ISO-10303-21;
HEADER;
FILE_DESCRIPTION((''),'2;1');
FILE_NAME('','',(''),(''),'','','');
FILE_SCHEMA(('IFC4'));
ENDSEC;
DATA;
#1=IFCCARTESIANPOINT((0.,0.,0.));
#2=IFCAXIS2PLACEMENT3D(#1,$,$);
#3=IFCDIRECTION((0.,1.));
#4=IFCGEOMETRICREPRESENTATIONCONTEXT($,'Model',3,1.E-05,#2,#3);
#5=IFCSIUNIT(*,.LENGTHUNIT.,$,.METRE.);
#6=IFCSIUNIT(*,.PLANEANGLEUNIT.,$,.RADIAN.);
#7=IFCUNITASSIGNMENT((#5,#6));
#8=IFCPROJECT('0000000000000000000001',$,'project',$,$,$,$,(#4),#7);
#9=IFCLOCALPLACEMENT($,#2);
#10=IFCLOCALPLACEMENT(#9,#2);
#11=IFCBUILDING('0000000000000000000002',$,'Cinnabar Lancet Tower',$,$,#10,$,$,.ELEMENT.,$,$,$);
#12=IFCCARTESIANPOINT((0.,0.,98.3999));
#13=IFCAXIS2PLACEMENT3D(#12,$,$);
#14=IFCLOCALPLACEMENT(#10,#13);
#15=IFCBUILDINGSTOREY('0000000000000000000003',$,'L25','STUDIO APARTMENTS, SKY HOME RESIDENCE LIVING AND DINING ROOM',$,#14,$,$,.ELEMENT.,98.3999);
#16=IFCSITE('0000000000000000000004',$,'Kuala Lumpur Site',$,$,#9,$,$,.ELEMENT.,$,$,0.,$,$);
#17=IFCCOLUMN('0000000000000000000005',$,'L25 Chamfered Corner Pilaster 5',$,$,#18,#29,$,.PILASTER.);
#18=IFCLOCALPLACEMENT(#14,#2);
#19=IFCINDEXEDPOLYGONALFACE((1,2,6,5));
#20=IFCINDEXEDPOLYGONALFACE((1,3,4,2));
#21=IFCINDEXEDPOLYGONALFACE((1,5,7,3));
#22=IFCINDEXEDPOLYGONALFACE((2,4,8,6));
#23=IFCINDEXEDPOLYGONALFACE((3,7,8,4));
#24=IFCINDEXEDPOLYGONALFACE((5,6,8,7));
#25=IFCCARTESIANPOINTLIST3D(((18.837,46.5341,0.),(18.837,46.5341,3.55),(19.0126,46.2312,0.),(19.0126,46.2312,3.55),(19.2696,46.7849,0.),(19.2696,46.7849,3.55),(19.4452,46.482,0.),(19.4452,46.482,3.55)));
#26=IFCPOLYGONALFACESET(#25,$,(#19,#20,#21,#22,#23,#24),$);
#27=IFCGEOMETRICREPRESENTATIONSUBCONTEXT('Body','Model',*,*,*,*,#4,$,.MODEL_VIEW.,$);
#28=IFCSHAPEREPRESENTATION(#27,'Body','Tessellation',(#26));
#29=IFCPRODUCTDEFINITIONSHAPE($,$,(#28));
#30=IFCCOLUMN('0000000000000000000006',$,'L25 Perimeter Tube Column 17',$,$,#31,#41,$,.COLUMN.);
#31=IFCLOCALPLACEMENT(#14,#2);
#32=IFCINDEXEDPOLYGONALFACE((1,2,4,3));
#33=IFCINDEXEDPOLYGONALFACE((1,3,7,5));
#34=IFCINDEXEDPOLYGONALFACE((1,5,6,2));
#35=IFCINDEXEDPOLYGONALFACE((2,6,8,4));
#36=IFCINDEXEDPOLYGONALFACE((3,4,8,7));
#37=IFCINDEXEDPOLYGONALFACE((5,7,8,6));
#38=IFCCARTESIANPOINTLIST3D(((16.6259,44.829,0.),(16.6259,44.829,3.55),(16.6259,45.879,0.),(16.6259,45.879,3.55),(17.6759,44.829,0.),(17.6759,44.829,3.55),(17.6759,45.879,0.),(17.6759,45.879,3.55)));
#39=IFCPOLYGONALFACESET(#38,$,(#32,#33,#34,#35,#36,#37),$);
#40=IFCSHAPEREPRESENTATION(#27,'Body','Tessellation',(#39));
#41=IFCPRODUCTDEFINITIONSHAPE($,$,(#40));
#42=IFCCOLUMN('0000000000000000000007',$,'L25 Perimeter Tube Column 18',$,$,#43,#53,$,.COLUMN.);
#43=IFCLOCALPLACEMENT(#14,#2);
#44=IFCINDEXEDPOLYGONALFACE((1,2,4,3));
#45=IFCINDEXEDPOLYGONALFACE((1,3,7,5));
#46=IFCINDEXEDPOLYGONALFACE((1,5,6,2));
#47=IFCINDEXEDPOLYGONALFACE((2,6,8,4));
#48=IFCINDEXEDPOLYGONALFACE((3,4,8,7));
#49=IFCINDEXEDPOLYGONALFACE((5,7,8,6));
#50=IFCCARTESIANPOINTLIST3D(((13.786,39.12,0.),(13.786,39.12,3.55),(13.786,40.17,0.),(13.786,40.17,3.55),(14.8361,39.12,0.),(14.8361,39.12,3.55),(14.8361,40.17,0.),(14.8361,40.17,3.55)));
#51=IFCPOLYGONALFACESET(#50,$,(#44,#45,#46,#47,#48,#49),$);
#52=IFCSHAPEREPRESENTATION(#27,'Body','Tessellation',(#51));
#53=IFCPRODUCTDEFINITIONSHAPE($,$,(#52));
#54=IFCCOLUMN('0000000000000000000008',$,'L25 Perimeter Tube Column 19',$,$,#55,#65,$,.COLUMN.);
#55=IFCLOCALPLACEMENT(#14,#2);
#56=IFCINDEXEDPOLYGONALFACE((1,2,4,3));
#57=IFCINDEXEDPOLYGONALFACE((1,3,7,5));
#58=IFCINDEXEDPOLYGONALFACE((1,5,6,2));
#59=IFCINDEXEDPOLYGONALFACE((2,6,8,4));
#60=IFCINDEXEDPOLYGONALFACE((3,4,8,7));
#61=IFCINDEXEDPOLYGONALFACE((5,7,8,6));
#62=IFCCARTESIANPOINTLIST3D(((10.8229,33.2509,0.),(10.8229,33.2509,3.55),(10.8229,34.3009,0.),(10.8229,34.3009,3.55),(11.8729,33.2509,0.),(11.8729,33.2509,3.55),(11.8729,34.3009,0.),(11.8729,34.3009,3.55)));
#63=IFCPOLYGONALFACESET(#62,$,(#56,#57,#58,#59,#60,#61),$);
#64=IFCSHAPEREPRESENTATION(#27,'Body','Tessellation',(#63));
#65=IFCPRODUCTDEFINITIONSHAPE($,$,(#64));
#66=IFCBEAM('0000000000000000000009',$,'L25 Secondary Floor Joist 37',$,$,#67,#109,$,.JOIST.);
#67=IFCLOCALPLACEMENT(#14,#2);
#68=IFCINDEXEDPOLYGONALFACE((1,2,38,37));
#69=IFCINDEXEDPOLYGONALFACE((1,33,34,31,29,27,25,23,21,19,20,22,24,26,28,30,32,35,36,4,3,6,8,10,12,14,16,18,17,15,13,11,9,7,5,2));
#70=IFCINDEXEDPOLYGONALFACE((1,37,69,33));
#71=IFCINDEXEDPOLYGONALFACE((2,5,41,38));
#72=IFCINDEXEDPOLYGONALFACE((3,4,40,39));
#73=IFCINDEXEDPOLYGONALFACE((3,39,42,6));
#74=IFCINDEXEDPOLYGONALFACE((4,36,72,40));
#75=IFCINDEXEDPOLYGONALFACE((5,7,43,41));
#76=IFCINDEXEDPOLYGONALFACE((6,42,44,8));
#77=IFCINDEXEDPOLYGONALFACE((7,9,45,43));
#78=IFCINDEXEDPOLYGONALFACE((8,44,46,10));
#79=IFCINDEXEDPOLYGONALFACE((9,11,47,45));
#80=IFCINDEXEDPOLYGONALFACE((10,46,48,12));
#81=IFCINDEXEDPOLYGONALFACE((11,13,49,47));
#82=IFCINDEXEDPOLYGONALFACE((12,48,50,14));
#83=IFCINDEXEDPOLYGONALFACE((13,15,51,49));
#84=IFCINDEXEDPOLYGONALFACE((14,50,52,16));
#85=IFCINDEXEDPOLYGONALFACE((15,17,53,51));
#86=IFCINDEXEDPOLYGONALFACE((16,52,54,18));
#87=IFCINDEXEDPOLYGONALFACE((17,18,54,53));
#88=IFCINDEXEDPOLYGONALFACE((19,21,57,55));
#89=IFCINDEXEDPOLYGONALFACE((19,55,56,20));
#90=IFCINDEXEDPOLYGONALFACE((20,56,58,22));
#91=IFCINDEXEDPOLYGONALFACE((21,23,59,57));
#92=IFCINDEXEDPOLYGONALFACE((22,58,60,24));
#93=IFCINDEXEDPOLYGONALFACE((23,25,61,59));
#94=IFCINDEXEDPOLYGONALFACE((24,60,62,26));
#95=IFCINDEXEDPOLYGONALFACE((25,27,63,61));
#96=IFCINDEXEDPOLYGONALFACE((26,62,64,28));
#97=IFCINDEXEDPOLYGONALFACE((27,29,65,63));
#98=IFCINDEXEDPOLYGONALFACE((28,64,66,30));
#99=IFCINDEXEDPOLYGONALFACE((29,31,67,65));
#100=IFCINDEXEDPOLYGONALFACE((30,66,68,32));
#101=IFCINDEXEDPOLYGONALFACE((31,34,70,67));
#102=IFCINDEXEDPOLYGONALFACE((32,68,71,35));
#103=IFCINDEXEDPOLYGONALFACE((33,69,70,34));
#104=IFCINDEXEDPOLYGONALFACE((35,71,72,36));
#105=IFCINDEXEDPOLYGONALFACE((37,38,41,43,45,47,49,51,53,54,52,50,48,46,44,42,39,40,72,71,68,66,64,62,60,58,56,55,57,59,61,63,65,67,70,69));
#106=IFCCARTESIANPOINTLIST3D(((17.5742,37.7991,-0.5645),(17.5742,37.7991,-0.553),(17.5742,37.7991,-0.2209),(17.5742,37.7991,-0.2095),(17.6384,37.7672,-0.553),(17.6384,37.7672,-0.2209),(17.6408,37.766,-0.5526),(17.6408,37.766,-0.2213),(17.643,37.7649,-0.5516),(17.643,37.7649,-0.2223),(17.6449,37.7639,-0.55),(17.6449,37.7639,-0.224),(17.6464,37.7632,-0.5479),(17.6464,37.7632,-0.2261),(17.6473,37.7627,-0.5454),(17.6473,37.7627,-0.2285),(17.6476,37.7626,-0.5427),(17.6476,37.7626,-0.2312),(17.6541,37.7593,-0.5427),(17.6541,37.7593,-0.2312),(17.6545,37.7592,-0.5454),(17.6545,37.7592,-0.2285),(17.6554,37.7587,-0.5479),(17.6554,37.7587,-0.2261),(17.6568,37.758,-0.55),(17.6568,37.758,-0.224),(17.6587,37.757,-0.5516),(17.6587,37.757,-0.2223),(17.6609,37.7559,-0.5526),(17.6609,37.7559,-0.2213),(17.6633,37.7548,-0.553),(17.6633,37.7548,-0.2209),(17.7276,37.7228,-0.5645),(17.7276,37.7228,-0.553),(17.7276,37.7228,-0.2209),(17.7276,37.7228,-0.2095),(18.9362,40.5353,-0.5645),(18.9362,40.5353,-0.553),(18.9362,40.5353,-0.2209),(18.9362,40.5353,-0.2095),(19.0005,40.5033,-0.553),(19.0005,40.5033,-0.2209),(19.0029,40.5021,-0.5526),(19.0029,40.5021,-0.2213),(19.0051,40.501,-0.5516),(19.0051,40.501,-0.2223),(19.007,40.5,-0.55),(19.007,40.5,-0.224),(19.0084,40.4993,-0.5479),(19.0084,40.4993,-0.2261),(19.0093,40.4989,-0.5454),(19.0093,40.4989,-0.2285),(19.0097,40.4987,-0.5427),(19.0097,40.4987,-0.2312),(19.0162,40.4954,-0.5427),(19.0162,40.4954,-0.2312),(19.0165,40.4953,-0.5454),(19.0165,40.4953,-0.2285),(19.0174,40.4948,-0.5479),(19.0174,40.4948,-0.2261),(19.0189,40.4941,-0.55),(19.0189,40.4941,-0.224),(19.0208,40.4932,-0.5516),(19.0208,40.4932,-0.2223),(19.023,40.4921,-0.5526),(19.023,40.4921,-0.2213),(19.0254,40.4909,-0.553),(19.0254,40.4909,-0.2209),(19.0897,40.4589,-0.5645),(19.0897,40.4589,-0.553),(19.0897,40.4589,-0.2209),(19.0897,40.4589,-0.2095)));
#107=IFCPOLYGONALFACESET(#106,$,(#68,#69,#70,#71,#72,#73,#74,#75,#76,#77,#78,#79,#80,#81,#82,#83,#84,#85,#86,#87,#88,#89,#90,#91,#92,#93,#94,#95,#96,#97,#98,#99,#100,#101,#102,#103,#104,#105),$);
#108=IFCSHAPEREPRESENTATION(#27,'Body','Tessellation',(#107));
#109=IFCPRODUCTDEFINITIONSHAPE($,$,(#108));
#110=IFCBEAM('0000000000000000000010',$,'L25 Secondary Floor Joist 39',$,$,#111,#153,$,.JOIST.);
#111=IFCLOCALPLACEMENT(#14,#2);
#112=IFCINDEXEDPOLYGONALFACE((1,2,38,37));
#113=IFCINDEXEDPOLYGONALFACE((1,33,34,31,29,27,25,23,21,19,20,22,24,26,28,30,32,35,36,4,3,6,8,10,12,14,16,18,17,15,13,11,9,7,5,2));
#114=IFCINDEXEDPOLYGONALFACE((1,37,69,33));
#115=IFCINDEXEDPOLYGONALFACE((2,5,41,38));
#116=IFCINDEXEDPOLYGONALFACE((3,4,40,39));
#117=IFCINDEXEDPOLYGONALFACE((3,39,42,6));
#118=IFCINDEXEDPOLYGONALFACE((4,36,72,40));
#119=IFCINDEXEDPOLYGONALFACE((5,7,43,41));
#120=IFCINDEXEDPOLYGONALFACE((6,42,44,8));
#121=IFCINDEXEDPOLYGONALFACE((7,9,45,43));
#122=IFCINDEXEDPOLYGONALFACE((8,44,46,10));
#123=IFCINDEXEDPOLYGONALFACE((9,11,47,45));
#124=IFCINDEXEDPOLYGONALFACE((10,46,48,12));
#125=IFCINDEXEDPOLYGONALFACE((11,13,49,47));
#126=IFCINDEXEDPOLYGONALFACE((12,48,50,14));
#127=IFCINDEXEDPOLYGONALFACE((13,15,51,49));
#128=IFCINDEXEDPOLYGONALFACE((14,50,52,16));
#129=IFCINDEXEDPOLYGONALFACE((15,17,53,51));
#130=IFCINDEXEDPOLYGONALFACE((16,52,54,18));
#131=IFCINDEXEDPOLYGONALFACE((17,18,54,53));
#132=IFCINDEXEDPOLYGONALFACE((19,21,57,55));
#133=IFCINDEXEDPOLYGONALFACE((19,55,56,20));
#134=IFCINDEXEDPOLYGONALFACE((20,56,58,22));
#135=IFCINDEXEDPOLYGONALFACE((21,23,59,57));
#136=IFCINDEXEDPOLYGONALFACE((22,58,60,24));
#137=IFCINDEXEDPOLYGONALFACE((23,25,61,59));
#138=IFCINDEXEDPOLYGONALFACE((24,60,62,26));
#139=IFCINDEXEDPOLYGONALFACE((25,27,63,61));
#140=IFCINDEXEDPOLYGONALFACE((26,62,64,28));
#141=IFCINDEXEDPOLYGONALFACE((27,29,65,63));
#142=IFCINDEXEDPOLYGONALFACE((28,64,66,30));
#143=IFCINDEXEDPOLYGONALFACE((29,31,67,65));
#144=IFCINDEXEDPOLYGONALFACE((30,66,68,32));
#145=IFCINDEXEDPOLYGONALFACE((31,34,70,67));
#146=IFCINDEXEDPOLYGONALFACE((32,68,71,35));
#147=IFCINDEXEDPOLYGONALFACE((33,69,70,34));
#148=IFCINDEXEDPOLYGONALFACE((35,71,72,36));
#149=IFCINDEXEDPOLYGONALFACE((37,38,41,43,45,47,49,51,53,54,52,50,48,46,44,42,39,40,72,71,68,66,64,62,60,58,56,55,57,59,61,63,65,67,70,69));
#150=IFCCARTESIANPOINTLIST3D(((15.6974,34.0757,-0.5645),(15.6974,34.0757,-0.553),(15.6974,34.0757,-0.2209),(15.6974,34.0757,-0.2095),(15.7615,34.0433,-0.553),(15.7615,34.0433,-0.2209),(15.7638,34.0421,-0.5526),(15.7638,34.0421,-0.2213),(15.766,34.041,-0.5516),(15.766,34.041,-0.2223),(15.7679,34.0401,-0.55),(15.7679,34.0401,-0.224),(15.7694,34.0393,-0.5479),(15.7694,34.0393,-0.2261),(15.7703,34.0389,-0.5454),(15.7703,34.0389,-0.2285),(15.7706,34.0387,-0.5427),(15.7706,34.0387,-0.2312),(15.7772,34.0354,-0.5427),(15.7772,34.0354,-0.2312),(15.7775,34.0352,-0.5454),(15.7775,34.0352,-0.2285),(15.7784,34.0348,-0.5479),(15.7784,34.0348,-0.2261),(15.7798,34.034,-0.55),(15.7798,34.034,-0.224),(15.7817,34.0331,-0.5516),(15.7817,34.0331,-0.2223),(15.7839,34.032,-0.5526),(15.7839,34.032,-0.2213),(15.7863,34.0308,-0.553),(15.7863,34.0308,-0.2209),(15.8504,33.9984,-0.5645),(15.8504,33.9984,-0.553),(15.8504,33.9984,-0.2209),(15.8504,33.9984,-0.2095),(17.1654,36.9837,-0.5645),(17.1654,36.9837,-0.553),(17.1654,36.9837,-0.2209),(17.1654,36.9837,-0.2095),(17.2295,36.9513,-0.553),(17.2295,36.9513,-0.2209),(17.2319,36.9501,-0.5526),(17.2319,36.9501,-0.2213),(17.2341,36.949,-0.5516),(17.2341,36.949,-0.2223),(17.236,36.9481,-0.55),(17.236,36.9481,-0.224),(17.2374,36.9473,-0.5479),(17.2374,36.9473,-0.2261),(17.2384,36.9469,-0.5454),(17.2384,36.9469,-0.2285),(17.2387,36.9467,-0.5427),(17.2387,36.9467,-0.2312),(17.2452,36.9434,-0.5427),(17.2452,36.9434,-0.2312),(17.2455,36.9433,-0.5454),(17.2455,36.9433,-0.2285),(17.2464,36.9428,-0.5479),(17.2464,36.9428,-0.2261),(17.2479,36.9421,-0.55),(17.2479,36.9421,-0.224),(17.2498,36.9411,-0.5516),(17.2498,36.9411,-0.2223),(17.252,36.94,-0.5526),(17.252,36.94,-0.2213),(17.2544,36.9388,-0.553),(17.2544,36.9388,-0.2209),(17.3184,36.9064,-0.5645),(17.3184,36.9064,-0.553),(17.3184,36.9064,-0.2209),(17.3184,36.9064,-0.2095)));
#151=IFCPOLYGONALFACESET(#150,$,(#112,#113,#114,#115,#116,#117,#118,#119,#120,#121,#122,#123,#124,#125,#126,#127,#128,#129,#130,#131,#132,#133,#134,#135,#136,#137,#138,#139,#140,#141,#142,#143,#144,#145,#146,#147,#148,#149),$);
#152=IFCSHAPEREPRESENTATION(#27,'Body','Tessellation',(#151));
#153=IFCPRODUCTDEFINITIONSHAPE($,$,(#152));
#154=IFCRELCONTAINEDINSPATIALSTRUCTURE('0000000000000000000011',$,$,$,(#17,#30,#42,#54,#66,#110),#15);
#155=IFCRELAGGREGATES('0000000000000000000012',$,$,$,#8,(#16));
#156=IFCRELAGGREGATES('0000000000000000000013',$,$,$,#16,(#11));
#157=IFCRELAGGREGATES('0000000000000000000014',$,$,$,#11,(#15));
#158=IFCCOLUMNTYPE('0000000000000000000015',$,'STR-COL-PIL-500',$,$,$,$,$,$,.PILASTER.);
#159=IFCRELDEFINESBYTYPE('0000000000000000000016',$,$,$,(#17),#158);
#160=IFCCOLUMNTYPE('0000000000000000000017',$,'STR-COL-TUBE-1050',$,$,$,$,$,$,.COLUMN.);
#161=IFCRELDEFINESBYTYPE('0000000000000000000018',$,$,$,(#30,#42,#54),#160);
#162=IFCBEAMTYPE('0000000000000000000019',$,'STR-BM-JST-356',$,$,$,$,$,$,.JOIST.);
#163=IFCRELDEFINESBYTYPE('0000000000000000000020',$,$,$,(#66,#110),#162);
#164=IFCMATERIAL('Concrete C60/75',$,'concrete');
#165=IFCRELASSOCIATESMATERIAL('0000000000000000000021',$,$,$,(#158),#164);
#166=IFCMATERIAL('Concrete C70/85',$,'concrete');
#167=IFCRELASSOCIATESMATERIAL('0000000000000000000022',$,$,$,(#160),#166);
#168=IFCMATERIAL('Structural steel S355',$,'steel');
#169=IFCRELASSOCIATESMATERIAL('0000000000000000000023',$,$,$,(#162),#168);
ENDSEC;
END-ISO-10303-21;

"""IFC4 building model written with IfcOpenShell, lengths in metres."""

from ifc_helpers import new_model, si_unit, direction, frame, origin, origin_2d, place, context, subcontext, project, spatial, rectangle, i_section, extrude, material, material_profile, profile_set, type_object, element, save


model = new_model("IFC4")

# Units and contexts
model_context = context("Model", 3, precision=1e-05, world=origin(), true_north=direction((0.0, 1.0)))
body_context = subcontext(model_context, "Body", "Model", "MODEL_VIEW")
ifc_project = project(units=[si_unit("LENGTHUNIT", "METRE"), si_unit("PLANEANGLEUNIT", "RADIAN")], contexts=[model_context])

# Site, building, storey
site_placement = place(None, origin())
site = spatial("IfcSite", under=ifc_project, at=site_placement, Name="Kuala Lumpur Site", CompositionType="ELEMENT", RefElevation=0.0)
building_placement = place(site_placement, origin())
building = spatial("IfcBuilding", under=site, at=building_placement, Name="Cinnabar Lancet Tower", CompositionType="ELEMENT")
storey_placement = place(building_placement, frame((0.0, 0.0, 98.3999)))
storey = spatial("IfcBuildingStorey", under=building, at=storey_placement, Name="L25", Description="STUDIO APARTMENTS, SKY HOME RESIDENCE LIVING AND DINING ROOM", CompositionType="ELEMENT", Elevation=98.3999)

# Columns
ifc_material_1 = material(Name="Concrete C60/75", Category="concrete")
ifc_material_profile_1 = material_profile(ifc_material_1, rectangle(XDim=0.5, YDim=0.3501, at=origin_2d()), Name="RC-PIL 500x350")
ifc_profile_set_1 = profile_set([ifc_material_profile_1], Name="Concrete C60/75")
column_type_1 = type_object("IfcColumnType", Name="STR-COL-PIL-500", PredefinedType="PILASTER", material=ifc_profile_set_1)
column_placement = place(storey_placement, frame((19.1411, 46.5081, 0.0), z_axis=(0.0, 0.0, 1.0), x_axis=(-0.86516, -0.501496, 0.0)))
element("IfcColumn", 1, at=column_placement, inside=storey, type_object=column_type_1, Name="L25 Chamfered Corner Pilaster 5", PredefinedType="PILASTER", context=body_context, shape_type="SweptSolid", body=[
    extrude(rectangle(XDim=0.5, YDim=0.3501, at=origin_2d()), origin(), (0.0, 0.0, 1.0), 3.55),
])
ifc_material_2 = material(Name="Concrete C70/85", Category="concrete")
ifc_material_profile_2 = material_profile(ifc_material_2, rectangle(XDim=1.05, YDim=1.05, at=origin_2d()), Name="RC-COL 1050x1050")
ifc_profile_set_2 = profile_set([ifc_material_profile_2], Name="Concrete C70/85")
column_type_2 = type_object("IfcColumnType", Name="STR-COL-TUBE-1050", PredefinedType="COLUMN", material=ifc_profile_set_2)
for number, where, z_axis, x_axis, name in (
    (2, (17.1509, 45.354, 0.0), (0.0, 0.0, 1.0), (1.0, 0.0, 0.0), "L25 Perimeter Tube Column 17"),
    (3, (14.311, 39.645, 0.0), (0.0, 0.0, 1.0), (1.0, 0.0, 0.0), "L25 Perimeter Tube Column 18"),
    (4, (11.3479, 33.7759, 0.0), (0.0, 0.0, 1.0), (1.0, 0.0, 0.0), "L25 Perimeter Tube Column 19"),
):
    element("IfcColumn", number, at=place(storey_placement, frame(where, z_axis=z_axis, x_axis=x_axis)), inside=storey, type_object=column_type_2, Name=name, PredefinedType="COLUMN", context=body_context, shape_type="SweptSolid", body=[
        extrude(rectangle(XDim=1.05, YDim=1.05, at=origin_2d()), origin(), (0.0, 0.0, 1.0), 3.55),
    ])

# Beams
ifc_material_3 = material(Name="Structural steel S355", Category="steel")
ifc_material_profile_3 = material_profile(ifc_material_3, i_section(OverallWidth=0.1714, OverallDepth=0.355, WebThickness=0.0073, FlangeThickness=0.0115, FilletRadius=0.0103, at=origin_2d()), Name="UKB 356x171x51")
ifc_profile_set_3 = profile_set([ifc_material_profile_3], Name="Structural steel S355")
beam_type_1 = type_object("IfcBeamType", Name="STR-BM-JST-356", PredefinedType="JOIST", material=ifc_profile_set_3)
beam_1_placement = place(storey_placement, frame((19.0129, 40.4971, -0.387), z_axis=(-0.445647, -0.895209, 0.0), x_axis=(0.895209, -0.445647, 0.0)))
element("IfcBeam", 5, at=beam_1_placement, inside=storey, type_object=beam_type_1, Name="L25 Secondary Floor Joist 37", PredefinedType="JOIST", context=body_context, shape_type="SweptSolid", body=[
    extrude(i_section(OverallWidth=0.1714, OverallDepth=0.355, WebThickness=0.0073, FlangeThickness=0.0115, FilletRadius=0.0103, at=origin_2d()), origin(), (0.0, 0.0, 1.0), 3.0564),
])
beam_2_placement = place(storey_placement, frame((17.2419, 36.9451, -0.387), z_axis=(-0.450658, -0.892697, 0.0), x_axis=(0.892697, -0.450658, 0.0)))
element("IfcBeam", 6, at=beam_2_placement, inside=storey, type_object=beam_type_1, Name="L25 Secondary Floor Joist 39", PredefinedType="JOIST", context=body_context, shape_type="SweptSolid", body=[
    extrude(i_section(OverallWidth=0.1714, OverallDepth=0.355, WebThickness=0.0073, FlangeThickness=0.0115, FilletRadius=0.0103, at=origin_2d()), origin(), (0.0, 0.0, 1.0), 3.2576),
])

save(model, "model.ifc")
